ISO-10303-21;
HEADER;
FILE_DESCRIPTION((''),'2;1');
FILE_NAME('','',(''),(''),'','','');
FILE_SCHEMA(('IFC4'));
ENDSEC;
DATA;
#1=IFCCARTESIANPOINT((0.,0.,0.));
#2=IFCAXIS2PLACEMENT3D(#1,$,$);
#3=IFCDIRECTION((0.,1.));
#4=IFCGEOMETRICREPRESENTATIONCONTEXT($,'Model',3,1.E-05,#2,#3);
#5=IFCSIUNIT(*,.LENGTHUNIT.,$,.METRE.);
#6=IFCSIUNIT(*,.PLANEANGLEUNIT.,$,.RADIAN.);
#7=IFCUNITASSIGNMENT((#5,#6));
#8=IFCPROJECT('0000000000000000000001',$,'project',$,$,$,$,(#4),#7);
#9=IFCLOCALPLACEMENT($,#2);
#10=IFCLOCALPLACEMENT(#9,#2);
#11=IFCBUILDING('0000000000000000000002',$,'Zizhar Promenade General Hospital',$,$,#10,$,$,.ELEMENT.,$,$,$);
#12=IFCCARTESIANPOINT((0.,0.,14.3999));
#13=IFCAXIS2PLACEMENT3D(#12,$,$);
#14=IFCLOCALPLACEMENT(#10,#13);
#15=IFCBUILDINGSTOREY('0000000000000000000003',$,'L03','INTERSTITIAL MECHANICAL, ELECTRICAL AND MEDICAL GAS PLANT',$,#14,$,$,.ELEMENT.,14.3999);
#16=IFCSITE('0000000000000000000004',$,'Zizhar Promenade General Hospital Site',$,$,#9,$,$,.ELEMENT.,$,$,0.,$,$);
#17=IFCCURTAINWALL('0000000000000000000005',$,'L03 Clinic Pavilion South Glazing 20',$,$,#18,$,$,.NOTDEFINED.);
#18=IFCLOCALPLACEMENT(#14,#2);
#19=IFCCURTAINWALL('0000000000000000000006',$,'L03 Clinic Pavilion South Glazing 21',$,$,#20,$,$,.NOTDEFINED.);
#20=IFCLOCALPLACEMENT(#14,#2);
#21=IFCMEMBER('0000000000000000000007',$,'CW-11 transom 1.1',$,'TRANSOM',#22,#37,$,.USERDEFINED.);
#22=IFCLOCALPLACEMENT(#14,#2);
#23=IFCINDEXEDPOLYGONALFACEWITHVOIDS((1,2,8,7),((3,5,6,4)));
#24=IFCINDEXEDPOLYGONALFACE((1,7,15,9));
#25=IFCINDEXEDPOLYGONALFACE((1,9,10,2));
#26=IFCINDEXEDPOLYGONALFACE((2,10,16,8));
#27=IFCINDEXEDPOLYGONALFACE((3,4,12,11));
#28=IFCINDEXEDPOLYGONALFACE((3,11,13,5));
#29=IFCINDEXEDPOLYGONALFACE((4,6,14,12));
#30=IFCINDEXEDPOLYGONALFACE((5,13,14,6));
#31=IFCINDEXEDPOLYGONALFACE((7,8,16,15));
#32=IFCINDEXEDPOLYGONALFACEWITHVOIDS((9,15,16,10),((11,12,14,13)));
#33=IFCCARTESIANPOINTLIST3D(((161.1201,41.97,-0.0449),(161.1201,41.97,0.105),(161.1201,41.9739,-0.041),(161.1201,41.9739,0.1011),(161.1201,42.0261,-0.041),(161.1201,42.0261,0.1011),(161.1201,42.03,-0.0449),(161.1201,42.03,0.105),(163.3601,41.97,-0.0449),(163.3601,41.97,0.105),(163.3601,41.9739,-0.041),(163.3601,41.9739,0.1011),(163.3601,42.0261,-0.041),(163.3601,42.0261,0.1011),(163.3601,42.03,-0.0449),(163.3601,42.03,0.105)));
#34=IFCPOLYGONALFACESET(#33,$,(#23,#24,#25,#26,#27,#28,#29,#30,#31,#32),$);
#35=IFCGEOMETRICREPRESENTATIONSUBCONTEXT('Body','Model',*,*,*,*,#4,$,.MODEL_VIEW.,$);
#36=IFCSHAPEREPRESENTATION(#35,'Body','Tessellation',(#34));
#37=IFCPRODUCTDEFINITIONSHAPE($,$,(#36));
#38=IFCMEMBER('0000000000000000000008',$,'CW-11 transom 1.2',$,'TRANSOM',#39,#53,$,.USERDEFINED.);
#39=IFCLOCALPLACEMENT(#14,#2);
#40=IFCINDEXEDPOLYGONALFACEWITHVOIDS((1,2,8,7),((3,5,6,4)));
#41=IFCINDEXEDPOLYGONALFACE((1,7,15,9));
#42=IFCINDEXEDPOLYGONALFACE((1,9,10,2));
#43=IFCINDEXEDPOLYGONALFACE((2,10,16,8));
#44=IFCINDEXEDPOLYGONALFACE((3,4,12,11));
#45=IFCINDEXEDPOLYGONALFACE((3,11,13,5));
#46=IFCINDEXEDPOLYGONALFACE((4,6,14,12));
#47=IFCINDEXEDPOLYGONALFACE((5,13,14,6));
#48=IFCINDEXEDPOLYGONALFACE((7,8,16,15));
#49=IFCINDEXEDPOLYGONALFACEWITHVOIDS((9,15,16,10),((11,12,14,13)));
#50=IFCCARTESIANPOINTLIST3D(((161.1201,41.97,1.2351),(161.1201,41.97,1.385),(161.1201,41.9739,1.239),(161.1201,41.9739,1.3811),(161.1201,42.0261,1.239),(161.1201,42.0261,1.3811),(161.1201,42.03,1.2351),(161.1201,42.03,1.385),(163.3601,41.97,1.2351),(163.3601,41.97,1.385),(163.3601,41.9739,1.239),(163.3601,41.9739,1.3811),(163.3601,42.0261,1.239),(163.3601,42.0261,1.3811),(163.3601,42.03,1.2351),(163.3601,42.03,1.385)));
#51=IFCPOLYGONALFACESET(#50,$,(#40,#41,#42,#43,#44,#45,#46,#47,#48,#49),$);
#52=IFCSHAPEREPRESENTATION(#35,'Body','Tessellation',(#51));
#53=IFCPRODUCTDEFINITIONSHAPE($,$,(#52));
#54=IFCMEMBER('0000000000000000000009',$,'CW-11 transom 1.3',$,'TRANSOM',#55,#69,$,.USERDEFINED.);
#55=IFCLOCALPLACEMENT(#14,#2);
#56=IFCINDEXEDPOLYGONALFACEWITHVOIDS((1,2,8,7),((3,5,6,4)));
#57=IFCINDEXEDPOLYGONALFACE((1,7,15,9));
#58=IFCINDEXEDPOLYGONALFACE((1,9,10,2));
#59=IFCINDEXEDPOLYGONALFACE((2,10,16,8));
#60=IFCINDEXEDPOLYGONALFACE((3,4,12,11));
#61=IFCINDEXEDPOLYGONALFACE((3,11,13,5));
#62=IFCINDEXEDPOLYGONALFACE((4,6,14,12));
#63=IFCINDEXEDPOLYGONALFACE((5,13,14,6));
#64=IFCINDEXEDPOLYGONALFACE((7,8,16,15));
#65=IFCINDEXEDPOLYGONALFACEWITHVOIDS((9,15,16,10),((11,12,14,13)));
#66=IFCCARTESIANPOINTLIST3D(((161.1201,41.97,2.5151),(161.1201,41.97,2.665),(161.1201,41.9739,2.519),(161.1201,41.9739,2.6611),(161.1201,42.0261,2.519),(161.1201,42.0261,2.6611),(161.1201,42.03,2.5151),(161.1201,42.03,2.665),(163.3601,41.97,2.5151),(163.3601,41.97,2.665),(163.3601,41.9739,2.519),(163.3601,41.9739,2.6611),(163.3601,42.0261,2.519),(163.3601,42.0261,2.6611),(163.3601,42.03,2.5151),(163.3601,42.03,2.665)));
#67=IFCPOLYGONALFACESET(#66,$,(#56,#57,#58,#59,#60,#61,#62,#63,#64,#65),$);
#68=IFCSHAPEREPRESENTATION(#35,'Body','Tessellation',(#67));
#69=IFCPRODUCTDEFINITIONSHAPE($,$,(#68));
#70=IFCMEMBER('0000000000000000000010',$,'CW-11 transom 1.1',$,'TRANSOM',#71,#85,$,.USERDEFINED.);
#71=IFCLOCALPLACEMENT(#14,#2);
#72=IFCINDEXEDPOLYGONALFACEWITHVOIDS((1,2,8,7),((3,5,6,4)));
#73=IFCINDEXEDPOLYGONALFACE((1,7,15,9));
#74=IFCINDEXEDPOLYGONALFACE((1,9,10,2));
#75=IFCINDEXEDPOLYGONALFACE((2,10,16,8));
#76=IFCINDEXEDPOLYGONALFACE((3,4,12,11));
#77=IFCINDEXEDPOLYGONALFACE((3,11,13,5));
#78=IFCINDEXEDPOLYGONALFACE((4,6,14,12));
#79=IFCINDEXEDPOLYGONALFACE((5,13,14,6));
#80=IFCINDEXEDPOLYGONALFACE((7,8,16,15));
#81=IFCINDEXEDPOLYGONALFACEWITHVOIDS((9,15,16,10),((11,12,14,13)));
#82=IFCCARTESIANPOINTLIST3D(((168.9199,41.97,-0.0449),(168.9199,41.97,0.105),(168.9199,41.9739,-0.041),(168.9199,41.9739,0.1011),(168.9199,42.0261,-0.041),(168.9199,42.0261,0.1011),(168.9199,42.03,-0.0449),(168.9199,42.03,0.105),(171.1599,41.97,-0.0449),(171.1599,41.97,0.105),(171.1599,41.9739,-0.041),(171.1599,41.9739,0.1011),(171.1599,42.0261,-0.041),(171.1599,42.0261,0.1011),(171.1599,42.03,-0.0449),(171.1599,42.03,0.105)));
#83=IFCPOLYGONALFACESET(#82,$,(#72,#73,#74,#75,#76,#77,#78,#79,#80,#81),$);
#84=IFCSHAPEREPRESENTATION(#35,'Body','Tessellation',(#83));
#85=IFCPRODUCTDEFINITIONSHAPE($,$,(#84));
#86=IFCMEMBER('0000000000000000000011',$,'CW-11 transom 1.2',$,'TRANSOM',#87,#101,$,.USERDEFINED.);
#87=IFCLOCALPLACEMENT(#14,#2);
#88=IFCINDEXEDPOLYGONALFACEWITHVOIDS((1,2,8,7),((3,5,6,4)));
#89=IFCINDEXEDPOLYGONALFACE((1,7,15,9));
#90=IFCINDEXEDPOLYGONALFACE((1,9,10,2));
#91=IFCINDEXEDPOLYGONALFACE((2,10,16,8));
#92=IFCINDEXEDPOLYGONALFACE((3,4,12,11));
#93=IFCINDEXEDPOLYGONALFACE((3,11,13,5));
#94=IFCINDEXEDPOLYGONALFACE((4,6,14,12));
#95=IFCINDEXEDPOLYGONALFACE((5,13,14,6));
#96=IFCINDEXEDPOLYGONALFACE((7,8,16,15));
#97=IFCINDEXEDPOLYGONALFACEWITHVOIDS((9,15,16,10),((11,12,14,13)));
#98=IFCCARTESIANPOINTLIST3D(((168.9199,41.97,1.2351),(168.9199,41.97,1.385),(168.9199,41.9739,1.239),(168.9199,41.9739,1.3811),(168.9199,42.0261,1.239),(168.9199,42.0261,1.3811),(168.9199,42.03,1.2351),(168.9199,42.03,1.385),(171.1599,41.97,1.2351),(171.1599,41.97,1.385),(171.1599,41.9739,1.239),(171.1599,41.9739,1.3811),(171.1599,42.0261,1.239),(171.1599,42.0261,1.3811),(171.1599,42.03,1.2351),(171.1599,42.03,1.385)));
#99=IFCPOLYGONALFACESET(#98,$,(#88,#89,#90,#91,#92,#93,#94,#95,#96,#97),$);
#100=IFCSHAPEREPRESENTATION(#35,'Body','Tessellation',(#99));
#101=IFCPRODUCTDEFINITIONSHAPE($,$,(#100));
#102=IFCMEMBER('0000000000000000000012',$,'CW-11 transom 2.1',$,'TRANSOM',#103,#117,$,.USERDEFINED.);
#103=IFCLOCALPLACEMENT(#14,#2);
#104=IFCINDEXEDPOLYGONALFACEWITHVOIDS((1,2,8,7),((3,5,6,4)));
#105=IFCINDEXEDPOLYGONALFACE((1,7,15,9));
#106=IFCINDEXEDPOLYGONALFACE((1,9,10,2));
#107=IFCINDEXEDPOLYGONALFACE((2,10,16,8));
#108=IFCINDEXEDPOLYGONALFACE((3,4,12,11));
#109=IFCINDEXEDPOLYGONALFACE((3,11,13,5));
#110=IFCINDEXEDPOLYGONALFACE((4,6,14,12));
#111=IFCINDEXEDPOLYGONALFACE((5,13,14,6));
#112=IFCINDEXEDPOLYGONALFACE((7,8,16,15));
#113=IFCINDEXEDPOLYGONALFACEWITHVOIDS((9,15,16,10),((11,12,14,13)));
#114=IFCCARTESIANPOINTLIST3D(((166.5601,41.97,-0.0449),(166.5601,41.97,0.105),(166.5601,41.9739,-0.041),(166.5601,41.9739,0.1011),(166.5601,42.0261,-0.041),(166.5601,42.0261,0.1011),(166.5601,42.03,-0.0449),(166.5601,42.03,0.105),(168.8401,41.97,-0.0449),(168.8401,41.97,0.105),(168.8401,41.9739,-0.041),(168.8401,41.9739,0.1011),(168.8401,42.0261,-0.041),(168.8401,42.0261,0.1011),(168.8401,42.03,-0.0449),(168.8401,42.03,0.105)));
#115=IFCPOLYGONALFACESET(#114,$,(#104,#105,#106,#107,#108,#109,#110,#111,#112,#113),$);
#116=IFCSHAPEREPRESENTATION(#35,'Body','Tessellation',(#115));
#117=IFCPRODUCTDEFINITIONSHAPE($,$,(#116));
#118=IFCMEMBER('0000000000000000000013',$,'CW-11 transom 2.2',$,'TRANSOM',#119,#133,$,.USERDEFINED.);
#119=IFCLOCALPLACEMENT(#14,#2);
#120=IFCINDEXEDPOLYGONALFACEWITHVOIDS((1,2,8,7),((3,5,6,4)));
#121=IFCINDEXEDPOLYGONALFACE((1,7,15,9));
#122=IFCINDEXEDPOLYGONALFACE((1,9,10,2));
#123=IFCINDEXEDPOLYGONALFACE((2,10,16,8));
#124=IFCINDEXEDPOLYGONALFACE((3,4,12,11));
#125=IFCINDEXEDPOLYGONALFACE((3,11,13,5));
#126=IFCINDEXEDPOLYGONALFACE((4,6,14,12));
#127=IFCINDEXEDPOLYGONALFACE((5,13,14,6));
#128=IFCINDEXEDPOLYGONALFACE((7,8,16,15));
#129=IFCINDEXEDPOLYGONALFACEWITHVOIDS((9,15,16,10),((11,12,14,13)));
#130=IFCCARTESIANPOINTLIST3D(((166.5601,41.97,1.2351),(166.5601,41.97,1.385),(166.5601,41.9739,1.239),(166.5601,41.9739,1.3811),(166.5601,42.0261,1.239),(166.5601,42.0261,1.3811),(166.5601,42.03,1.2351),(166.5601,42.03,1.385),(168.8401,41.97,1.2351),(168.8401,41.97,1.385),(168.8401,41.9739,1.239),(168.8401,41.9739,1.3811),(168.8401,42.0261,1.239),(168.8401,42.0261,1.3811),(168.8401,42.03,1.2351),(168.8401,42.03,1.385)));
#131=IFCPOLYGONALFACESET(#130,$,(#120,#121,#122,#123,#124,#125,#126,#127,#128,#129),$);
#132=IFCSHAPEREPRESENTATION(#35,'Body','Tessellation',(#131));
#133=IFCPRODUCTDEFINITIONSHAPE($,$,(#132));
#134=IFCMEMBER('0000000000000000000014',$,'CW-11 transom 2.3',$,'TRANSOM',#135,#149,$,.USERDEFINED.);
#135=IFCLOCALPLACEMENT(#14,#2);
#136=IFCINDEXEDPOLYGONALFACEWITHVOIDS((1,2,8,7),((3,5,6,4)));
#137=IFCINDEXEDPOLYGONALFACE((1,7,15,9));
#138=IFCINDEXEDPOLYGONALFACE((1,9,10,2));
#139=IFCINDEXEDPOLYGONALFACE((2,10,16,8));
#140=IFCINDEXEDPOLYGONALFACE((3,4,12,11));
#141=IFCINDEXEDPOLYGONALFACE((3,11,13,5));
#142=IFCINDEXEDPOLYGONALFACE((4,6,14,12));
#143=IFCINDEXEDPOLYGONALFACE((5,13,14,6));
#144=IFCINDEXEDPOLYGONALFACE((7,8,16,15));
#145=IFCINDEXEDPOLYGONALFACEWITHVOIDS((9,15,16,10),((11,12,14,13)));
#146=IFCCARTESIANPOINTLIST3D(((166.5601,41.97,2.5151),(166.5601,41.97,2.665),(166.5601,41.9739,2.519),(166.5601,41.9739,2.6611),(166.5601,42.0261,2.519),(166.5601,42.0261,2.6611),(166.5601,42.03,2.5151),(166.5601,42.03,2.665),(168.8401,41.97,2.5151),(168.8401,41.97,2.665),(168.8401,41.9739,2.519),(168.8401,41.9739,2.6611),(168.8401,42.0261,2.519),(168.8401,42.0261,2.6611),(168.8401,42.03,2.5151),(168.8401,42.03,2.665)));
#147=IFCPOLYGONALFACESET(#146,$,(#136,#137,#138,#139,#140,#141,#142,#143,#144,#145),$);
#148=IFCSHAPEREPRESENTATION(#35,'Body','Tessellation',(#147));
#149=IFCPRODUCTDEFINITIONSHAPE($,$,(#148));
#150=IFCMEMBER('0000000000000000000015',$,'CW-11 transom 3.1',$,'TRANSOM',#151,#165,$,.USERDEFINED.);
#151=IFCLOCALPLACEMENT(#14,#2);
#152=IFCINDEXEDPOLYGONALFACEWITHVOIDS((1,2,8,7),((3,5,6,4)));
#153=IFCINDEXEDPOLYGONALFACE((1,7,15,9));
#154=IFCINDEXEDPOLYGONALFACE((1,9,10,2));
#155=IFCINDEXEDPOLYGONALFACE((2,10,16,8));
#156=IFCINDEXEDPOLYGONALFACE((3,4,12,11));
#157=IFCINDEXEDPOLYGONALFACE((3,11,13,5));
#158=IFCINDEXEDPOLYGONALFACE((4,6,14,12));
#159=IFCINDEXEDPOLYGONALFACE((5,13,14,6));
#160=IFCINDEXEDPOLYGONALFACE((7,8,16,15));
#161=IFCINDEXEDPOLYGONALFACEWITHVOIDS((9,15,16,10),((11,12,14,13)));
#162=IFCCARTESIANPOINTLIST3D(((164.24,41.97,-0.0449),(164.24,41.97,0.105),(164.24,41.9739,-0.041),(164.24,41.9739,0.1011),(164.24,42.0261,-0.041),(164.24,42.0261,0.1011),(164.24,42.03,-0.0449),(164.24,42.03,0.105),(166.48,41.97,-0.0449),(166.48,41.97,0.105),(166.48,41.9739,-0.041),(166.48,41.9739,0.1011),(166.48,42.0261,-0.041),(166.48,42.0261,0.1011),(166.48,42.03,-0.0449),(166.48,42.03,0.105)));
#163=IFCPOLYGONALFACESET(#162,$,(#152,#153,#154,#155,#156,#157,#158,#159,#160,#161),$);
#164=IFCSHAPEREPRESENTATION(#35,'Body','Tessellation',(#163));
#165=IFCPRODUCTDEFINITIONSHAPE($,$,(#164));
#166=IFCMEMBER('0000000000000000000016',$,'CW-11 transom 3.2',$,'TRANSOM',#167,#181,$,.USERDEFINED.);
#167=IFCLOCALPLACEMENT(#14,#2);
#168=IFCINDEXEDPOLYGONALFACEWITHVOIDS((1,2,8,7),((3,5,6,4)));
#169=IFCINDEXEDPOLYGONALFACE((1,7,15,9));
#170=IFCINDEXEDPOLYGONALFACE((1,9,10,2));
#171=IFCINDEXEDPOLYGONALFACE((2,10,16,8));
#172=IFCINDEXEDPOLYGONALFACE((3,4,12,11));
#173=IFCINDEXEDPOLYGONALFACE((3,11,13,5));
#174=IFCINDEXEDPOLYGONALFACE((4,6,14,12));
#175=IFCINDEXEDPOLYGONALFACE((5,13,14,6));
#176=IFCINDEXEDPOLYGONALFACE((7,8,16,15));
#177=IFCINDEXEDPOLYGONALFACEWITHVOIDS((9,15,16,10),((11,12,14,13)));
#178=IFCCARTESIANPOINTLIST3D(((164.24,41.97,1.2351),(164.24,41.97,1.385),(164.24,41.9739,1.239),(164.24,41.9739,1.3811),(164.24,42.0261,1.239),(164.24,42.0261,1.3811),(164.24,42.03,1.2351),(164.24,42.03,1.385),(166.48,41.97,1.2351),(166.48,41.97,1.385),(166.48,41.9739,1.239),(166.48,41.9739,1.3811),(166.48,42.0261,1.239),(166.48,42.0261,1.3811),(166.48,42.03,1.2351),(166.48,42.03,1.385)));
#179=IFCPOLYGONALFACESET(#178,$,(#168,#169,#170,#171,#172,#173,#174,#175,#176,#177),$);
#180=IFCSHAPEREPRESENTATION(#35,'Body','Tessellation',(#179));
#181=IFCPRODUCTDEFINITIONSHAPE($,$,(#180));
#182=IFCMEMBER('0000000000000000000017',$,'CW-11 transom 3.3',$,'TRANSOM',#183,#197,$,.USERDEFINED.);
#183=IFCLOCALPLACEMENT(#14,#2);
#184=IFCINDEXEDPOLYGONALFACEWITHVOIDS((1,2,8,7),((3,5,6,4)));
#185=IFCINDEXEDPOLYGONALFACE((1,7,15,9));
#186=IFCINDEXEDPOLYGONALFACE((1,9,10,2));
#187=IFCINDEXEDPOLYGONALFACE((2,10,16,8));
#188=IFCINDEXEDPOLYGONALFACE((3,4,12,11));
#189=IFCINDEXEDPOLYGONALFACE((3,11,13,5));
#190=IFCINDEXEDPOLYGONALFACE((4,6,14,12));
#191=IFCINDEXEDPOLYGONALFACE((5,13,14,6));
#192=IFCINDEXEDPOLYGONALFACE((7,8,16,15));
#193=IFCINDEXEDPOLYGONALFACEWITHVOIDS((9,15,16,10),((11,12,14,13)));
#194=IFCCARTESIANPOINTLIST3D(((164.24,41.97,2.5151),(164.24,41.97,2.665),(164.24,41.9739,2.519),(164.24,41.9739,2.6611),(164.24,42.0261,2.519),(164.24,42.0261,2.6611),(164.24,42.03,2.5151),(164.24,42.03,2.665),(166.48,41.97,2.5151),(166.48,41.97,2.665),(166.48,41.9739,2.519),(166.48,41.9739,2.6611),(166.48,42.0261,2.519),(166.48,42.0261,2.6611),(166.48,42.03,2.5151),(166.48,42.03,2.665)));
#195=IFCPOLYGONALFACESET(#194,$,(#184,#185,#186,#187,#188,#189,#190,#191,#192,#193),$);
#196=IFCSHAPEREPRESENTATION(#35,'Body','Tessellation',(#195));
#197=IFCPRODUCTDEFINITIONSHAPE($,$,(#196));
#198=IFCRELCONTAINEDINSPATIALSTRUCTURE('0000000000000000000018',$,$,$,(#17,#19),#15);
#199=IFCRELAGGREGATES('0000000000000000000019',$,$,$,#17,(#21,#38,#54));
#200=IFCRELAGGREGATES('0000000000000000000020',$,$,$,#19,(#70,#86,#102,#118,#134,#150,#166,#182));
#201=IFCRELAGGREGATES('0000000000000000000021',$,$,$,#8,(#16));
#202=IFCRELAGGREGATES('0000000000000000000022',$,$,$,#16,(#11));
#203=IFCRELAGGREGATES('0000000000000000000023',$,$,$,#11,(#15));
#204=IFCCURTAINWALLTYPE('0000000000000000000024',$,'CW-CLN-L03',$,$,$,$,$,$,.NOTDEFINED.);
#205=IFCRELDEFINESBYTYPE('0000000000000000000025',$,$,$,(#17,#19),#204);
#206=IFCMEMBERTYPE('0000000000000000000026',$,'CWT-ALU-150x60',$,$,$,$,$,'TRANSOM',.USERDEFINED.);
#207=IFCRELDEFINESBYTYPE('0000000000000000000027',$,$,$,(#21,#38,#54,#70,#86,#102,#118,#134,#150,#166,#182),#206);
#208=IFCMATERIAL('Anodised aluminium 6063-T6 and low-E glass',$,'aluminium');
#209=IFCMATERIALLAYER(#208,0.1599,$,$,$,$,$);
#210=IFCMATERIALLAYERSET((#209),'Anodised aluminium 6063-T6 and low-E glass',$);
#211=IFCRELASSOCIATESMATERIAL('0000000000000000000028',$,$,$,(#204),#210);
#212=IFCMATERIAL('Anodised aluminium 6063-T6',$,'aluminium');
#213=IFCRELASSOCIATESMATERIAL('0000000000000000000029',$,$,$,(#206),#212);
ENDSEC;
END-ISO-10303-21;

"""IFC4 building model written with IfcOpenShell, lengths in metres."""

from ifc_helpers import new_model, si_unit, direction, frame, origin, origin_2d, place, context, subcontext, project, spatial, hollow_rectangle, extrude, material, layer, layer_set, material_profile, profile_set, type_object, element, aggregate, save


model = new_model("IFC4")

# Units and contexts
model_context = context("Model", 3, precision=1e-05, world=origin(), true_north=direction((0.0, 1.0)))
body_context = subcontext(model_context, "Body", "Model", "MODEL_VIEW")
ifc_project = project(units=[si_unit("LENGTHUNIT", "METRE"), si_unit("PLANEANGLEUNIT", "RADIAN")], contexts=[model_context])

# Site, building, storey
site_placement = place(None, origin())
site = spatial("IfcSite", under=ifc_project, at=site_placement, Name="Zizhar Promenade General Hospital Site", CompositionType="ELEMENT", RefElevation=0.0)
building_placement = place(site_placement, origin())
building = spatial("IfcBuilding", under=site, at=building_placement, Name="Zizhar Promenade General Hospital", CompositionType="ELEMENT")
storey_placement = place(building_placement, frame((0.0, 0.0, 14.3999)))
storey = spatial("IfcBuildingStorey", under=building, at=storey_placement, Name="L03", Description="INTERSTITIAL MECHANICAL, ELECTRICAL AND MEDICAL GAS PLANT", CompositionType="ELEMENT", Elevation=14.3999)

# Curtain wall
ifc_material_1 = material(Name="Anodised aluminium 6063-T6 and low-E glass", Category="aluminium")
ifc_layer_1 = layer(ifc_material_1, 0.1599)
ifc_layer_set_1 = layer_set([ifc_layer_1], Name="Anodised aluminium 6063-T6 and low-E glass")
curtain_wall_type = type_object("IfcCurtainWallType", Name="CW-CLN-L03", PredefinedType="NOTDEFINED", material=ifc_layer_set_1)
curtain_wall_1_placement = place(storey_placement, origin())
curtain_wall_1 = element("IfcCurtainWall", 1, at=curtain_wall_1_placement, inside=storey, type_object=curtain_wall_type, Name="L03 Clinic Pavilion South Glazing 20", PredefinedType="NOTDEFINED")

# Curtain wall
curtain_wall_2_placement = place(storey_placement, origin())
curtain_wall_2 = element("IfcCurtainWall", 2, at=curtain_wall_2_placement, inside=storey, type_object=curtain_wall_type, Name="L03 Clinic Pavilion South Glazing 21", PredefinedType="NOTDEFINED")

# Members
ifc_material_2 = material(Name="Anodised aluminium 6063-T6", Category="aluminium")
ifc_material_profile_1 = material_profile(ifc_material_2, hollow_rectangle(XDim=0.0601, YDim=0.1499, WallThickness=0.0039, at=origin_2d()))
ifc_profile_set_1 = profile_set([ifc_material_profile_1], Name="Anodised aluminium 6063-T6")
member_type_1 = type_object("IfcMemberType", Name="CWT-ALU-150x60", ElementType="TRANSOM", PredefinedType="USERDEFINED", material=ifc_profile_set_1)
member_1_placement = place(storey_placement, frame((163.3601, 42.0, 0.03), z_axis=(-1.0, 0.0, 0.0), x_axis=(0.0, -1.0, 0.0)))
member_1 = element("IfcMember", 3, at=member_1_placement, type_object=member_type_1, Name="CW-11 transom 1.1", ObjectType="TRANSOM", PredefinedType="USERDEFINED", context=body_context, shape_type="SweptSolid", body=[
    extrude(hollow_rectangle(XDim=0.0601, YDim=0.1499, WallThickness=0.0039, at=origin_2d()), origin(), (0.0, 0.0, 1.0), 2.24),
])
member_2_placement = place(storey_placement, frame((163.3601, 42.0, 1.3101), z_axis=(-1.0, 0.0, 0.0), x_axis=(0.0, -1.0, 0.0)))
member_2 = element("IfcMember", 4, at=member_2_placement, type_object=member_type_1, Name="CW-11 transom 1.2", ObjectType="TRANSOM", PredefinedType="USERDEFINED", context=body_context, shape_type="SweptSolid", body=[
    extrude(hollow_rectangle(XDim=0.0601, YDim=0.1499, WallThickness=0.0039, at=origin_2d()), origin(), (0.0, 0.0, 1.0), 2.24),
])
member_3_placement = place(storey_placement, frame((163.3601, 42.0, 2.5901), z_axis=(-1.0, 0.0, 0.0), x_axis=(0.0, -1.0, 0.0)))
member_3 = element("IfcMember", 5, at=member_3_placement, type_object=member_type_1, Name="CW-11 transom 1.3", ObjectType="TRANSOM", PredefinedType="USERDEFINED", context=body_context, shape_type="SweptSolid", body=[
    extrude(hollow_rectangle(XDim=0.0601, YDim=0.1499, WallThickness=0.0039, at=origin_2d()), origin(), (0.0, 0.0, 1.0), 2.24),
])
aggregate(curtain_wall_1, [member_1, member_2, member_3])
member_4_placement = place(storey_placement, frame((171.1599, 42.0, 0.03), z_axis=(-1.0, 0.0, 0.0), x_axis=(0.0, -1.0, 0.0)))
member_4 = element("IfcMember", 6, at=member_4_placement, type_object=member_type_1, Name="CW-11 transom 1.1", ObjectType="TRANSOM", PredefinedType="USERDEFINED", context=body_context, shape_type="SweptSolid", body=[
    extrude(hollow_rectangle(XDim=0.0601, YDim=0.1499, WallThickness=0.0039, at=origin_2d()), origin(), (0.0, 0.0, 1.0), 2.24),
])
member_5_placement = place(storey_placement, frame((171.1599, 42.0, 1.3101), z_axis=(-1.0, 0.0, 0.0), x_axis=(0.0, -1.0, 0.0)))
member_5 = element("IfcMember", 7, at=member_5_placement, type_object=member_type_1, Name="CW-11 transom 1.2", ObjectType="TRANSOM", PredefinedType="USERDEFINED", context=body_context, shape_type="SweptSolid", body=[
    extrude(hollow_rectangle(XDim=0.0601, YDim=0.1499, WallThickness=0.0039, at=origin_2d()), origin(), (0.0, 0.0, 1.0), 2.24),
])
member_6_placement = place(storey_placement, frame((168.8401, 42.0, 0.03), z_axis=(-1.0, 0.0, 0.0), x_axis=(0.0, -1.0, 0.0)))
member_6 = element("IfcMember", 8, at=member_6_placement, type_object=member_type_1, Name="CW-11 transom 2.1", ObjectType="TRANSOM", PredefinedType="USERDEFINED", context=body_context, shape_type="SweptSolid", body=[
    extrude(hollow_rectangle(XDim=0.0601, YDim=0.1499, WallThickness=0.0039, at=origin_2d()), origin(), (0.0, 0.0, 1.0), 2.28),
])
member_7_placement = place(storey_placement, frame((168.8401, 42.0, 1.3101), z_axis=(-1.0, 0.0, 0.0), x_axis=(0.0, -1.0, 0.0)))
member_7 = element("IfcMember", 9, at=member_7_placement, type_object=member_type_1, Name="CW-11 transom 2.2", ObjectType="TRANSOM", PredefinedType="USERDEFINED", context=body_context, shape_type="SweptSolid", body=[
    extrude(hollow_rectangle(XDim=0.0601, YDim=0.1499, WallThickness=0.0039, at=origin_2d()), origin(), (0.0, 0.0, 1.0), 2.28),
])
member_8_placement = place(storey_placement, frame((168.8401, 42.0, 2.5901), z_axis=(-1.0, 0.0, 0.0), x_axis=(0.0, -1.0, 0.0)))
member_8 = element("IfcMember", 10, at=member_8_placement, type_object=member_type_1, Name="CW-11 transom 2.3", ObjectType="TRANSOM", PredefinedType="USERDEFINED", context=body_context, shape_type="SweptSolid", body=[
    extrude(hollow_rectangle(XDim=0.0601, YDim=0.1499, WallThickness=0.0039, at=origin_2d()), origin(), (0.0, 0.0, 1.0), 2.28),
])
member_9_placement = place(storey_placement, frame((166.48, 42.0, 0.03), z_axis=(-1.0, 0.0, 0.0), x_axis=(0.0, -1.0, 0.0)))
member_9 = element("IfcMember", 11, at=member_9_placement, type_object=member_type_1, Name="CW-11 transom 3.1", ObjectType="TRANSOM", PredefinedType="USERDEFINED", context=body_context, shape_type="SweptSolid", body=[
    extrude(hollow_rectangle(XDim=0.0601, YDim=0.1499, WallThickness=0.0039, at=origin_2d()), origin(), (0.0, 0.0, 1.0), 2.24),
])
member_10_placement = place(storey_placement, frame((166.48, 42.0, 1.3101), z_axis=(-1.0, 0.0, 0.0), x_axis=(0.0, -1.0, 0.0)))
member_10 = element("IfcMember", 12, at=member_10_placement, type_object=member_type_1, Name="CW-11 transom 3.2", ObjectType="TRANSOM", PredefinedType="USERDEFINED", context=body_context, shape_type="SweptSolid", body=[
    extrude(hollow_rectangle(XDim=0.0601, YDim=0.1499, WallThickness=0.0039, at=origin_2d()), origin(), (0.0, 0.0, 1.0), 2.24),
])
member_11_placement = place(storey_placement, frame((166.48, 42.0, 2.5901), z_axis=(-1.0, 0.0, 0.0), x_axis=(0.0, -1.0, 0.0)))
member_11 = element("IfcMember", 13, at=member_11_placement, type_object=member_type_1, Name="CW-11 transom 3.3", ObjectType="TRANSOM", PredefinedType="USERDEFINED", context=body_context, shape_type="SweptSolid", body=[
    extrude(hollow_rectangle(XDim=0.0601, YDim=0.1499, WallThickness=0.0039, at=origin_2d()), origin(), (0.0, 0.0, 1.0), 2.24),
])

aggregate(curtain_wall_2, [member_4, member_5, member_6, member_7, member_8, member_9, member_10, member_11])

save(model, "model.ifc")
